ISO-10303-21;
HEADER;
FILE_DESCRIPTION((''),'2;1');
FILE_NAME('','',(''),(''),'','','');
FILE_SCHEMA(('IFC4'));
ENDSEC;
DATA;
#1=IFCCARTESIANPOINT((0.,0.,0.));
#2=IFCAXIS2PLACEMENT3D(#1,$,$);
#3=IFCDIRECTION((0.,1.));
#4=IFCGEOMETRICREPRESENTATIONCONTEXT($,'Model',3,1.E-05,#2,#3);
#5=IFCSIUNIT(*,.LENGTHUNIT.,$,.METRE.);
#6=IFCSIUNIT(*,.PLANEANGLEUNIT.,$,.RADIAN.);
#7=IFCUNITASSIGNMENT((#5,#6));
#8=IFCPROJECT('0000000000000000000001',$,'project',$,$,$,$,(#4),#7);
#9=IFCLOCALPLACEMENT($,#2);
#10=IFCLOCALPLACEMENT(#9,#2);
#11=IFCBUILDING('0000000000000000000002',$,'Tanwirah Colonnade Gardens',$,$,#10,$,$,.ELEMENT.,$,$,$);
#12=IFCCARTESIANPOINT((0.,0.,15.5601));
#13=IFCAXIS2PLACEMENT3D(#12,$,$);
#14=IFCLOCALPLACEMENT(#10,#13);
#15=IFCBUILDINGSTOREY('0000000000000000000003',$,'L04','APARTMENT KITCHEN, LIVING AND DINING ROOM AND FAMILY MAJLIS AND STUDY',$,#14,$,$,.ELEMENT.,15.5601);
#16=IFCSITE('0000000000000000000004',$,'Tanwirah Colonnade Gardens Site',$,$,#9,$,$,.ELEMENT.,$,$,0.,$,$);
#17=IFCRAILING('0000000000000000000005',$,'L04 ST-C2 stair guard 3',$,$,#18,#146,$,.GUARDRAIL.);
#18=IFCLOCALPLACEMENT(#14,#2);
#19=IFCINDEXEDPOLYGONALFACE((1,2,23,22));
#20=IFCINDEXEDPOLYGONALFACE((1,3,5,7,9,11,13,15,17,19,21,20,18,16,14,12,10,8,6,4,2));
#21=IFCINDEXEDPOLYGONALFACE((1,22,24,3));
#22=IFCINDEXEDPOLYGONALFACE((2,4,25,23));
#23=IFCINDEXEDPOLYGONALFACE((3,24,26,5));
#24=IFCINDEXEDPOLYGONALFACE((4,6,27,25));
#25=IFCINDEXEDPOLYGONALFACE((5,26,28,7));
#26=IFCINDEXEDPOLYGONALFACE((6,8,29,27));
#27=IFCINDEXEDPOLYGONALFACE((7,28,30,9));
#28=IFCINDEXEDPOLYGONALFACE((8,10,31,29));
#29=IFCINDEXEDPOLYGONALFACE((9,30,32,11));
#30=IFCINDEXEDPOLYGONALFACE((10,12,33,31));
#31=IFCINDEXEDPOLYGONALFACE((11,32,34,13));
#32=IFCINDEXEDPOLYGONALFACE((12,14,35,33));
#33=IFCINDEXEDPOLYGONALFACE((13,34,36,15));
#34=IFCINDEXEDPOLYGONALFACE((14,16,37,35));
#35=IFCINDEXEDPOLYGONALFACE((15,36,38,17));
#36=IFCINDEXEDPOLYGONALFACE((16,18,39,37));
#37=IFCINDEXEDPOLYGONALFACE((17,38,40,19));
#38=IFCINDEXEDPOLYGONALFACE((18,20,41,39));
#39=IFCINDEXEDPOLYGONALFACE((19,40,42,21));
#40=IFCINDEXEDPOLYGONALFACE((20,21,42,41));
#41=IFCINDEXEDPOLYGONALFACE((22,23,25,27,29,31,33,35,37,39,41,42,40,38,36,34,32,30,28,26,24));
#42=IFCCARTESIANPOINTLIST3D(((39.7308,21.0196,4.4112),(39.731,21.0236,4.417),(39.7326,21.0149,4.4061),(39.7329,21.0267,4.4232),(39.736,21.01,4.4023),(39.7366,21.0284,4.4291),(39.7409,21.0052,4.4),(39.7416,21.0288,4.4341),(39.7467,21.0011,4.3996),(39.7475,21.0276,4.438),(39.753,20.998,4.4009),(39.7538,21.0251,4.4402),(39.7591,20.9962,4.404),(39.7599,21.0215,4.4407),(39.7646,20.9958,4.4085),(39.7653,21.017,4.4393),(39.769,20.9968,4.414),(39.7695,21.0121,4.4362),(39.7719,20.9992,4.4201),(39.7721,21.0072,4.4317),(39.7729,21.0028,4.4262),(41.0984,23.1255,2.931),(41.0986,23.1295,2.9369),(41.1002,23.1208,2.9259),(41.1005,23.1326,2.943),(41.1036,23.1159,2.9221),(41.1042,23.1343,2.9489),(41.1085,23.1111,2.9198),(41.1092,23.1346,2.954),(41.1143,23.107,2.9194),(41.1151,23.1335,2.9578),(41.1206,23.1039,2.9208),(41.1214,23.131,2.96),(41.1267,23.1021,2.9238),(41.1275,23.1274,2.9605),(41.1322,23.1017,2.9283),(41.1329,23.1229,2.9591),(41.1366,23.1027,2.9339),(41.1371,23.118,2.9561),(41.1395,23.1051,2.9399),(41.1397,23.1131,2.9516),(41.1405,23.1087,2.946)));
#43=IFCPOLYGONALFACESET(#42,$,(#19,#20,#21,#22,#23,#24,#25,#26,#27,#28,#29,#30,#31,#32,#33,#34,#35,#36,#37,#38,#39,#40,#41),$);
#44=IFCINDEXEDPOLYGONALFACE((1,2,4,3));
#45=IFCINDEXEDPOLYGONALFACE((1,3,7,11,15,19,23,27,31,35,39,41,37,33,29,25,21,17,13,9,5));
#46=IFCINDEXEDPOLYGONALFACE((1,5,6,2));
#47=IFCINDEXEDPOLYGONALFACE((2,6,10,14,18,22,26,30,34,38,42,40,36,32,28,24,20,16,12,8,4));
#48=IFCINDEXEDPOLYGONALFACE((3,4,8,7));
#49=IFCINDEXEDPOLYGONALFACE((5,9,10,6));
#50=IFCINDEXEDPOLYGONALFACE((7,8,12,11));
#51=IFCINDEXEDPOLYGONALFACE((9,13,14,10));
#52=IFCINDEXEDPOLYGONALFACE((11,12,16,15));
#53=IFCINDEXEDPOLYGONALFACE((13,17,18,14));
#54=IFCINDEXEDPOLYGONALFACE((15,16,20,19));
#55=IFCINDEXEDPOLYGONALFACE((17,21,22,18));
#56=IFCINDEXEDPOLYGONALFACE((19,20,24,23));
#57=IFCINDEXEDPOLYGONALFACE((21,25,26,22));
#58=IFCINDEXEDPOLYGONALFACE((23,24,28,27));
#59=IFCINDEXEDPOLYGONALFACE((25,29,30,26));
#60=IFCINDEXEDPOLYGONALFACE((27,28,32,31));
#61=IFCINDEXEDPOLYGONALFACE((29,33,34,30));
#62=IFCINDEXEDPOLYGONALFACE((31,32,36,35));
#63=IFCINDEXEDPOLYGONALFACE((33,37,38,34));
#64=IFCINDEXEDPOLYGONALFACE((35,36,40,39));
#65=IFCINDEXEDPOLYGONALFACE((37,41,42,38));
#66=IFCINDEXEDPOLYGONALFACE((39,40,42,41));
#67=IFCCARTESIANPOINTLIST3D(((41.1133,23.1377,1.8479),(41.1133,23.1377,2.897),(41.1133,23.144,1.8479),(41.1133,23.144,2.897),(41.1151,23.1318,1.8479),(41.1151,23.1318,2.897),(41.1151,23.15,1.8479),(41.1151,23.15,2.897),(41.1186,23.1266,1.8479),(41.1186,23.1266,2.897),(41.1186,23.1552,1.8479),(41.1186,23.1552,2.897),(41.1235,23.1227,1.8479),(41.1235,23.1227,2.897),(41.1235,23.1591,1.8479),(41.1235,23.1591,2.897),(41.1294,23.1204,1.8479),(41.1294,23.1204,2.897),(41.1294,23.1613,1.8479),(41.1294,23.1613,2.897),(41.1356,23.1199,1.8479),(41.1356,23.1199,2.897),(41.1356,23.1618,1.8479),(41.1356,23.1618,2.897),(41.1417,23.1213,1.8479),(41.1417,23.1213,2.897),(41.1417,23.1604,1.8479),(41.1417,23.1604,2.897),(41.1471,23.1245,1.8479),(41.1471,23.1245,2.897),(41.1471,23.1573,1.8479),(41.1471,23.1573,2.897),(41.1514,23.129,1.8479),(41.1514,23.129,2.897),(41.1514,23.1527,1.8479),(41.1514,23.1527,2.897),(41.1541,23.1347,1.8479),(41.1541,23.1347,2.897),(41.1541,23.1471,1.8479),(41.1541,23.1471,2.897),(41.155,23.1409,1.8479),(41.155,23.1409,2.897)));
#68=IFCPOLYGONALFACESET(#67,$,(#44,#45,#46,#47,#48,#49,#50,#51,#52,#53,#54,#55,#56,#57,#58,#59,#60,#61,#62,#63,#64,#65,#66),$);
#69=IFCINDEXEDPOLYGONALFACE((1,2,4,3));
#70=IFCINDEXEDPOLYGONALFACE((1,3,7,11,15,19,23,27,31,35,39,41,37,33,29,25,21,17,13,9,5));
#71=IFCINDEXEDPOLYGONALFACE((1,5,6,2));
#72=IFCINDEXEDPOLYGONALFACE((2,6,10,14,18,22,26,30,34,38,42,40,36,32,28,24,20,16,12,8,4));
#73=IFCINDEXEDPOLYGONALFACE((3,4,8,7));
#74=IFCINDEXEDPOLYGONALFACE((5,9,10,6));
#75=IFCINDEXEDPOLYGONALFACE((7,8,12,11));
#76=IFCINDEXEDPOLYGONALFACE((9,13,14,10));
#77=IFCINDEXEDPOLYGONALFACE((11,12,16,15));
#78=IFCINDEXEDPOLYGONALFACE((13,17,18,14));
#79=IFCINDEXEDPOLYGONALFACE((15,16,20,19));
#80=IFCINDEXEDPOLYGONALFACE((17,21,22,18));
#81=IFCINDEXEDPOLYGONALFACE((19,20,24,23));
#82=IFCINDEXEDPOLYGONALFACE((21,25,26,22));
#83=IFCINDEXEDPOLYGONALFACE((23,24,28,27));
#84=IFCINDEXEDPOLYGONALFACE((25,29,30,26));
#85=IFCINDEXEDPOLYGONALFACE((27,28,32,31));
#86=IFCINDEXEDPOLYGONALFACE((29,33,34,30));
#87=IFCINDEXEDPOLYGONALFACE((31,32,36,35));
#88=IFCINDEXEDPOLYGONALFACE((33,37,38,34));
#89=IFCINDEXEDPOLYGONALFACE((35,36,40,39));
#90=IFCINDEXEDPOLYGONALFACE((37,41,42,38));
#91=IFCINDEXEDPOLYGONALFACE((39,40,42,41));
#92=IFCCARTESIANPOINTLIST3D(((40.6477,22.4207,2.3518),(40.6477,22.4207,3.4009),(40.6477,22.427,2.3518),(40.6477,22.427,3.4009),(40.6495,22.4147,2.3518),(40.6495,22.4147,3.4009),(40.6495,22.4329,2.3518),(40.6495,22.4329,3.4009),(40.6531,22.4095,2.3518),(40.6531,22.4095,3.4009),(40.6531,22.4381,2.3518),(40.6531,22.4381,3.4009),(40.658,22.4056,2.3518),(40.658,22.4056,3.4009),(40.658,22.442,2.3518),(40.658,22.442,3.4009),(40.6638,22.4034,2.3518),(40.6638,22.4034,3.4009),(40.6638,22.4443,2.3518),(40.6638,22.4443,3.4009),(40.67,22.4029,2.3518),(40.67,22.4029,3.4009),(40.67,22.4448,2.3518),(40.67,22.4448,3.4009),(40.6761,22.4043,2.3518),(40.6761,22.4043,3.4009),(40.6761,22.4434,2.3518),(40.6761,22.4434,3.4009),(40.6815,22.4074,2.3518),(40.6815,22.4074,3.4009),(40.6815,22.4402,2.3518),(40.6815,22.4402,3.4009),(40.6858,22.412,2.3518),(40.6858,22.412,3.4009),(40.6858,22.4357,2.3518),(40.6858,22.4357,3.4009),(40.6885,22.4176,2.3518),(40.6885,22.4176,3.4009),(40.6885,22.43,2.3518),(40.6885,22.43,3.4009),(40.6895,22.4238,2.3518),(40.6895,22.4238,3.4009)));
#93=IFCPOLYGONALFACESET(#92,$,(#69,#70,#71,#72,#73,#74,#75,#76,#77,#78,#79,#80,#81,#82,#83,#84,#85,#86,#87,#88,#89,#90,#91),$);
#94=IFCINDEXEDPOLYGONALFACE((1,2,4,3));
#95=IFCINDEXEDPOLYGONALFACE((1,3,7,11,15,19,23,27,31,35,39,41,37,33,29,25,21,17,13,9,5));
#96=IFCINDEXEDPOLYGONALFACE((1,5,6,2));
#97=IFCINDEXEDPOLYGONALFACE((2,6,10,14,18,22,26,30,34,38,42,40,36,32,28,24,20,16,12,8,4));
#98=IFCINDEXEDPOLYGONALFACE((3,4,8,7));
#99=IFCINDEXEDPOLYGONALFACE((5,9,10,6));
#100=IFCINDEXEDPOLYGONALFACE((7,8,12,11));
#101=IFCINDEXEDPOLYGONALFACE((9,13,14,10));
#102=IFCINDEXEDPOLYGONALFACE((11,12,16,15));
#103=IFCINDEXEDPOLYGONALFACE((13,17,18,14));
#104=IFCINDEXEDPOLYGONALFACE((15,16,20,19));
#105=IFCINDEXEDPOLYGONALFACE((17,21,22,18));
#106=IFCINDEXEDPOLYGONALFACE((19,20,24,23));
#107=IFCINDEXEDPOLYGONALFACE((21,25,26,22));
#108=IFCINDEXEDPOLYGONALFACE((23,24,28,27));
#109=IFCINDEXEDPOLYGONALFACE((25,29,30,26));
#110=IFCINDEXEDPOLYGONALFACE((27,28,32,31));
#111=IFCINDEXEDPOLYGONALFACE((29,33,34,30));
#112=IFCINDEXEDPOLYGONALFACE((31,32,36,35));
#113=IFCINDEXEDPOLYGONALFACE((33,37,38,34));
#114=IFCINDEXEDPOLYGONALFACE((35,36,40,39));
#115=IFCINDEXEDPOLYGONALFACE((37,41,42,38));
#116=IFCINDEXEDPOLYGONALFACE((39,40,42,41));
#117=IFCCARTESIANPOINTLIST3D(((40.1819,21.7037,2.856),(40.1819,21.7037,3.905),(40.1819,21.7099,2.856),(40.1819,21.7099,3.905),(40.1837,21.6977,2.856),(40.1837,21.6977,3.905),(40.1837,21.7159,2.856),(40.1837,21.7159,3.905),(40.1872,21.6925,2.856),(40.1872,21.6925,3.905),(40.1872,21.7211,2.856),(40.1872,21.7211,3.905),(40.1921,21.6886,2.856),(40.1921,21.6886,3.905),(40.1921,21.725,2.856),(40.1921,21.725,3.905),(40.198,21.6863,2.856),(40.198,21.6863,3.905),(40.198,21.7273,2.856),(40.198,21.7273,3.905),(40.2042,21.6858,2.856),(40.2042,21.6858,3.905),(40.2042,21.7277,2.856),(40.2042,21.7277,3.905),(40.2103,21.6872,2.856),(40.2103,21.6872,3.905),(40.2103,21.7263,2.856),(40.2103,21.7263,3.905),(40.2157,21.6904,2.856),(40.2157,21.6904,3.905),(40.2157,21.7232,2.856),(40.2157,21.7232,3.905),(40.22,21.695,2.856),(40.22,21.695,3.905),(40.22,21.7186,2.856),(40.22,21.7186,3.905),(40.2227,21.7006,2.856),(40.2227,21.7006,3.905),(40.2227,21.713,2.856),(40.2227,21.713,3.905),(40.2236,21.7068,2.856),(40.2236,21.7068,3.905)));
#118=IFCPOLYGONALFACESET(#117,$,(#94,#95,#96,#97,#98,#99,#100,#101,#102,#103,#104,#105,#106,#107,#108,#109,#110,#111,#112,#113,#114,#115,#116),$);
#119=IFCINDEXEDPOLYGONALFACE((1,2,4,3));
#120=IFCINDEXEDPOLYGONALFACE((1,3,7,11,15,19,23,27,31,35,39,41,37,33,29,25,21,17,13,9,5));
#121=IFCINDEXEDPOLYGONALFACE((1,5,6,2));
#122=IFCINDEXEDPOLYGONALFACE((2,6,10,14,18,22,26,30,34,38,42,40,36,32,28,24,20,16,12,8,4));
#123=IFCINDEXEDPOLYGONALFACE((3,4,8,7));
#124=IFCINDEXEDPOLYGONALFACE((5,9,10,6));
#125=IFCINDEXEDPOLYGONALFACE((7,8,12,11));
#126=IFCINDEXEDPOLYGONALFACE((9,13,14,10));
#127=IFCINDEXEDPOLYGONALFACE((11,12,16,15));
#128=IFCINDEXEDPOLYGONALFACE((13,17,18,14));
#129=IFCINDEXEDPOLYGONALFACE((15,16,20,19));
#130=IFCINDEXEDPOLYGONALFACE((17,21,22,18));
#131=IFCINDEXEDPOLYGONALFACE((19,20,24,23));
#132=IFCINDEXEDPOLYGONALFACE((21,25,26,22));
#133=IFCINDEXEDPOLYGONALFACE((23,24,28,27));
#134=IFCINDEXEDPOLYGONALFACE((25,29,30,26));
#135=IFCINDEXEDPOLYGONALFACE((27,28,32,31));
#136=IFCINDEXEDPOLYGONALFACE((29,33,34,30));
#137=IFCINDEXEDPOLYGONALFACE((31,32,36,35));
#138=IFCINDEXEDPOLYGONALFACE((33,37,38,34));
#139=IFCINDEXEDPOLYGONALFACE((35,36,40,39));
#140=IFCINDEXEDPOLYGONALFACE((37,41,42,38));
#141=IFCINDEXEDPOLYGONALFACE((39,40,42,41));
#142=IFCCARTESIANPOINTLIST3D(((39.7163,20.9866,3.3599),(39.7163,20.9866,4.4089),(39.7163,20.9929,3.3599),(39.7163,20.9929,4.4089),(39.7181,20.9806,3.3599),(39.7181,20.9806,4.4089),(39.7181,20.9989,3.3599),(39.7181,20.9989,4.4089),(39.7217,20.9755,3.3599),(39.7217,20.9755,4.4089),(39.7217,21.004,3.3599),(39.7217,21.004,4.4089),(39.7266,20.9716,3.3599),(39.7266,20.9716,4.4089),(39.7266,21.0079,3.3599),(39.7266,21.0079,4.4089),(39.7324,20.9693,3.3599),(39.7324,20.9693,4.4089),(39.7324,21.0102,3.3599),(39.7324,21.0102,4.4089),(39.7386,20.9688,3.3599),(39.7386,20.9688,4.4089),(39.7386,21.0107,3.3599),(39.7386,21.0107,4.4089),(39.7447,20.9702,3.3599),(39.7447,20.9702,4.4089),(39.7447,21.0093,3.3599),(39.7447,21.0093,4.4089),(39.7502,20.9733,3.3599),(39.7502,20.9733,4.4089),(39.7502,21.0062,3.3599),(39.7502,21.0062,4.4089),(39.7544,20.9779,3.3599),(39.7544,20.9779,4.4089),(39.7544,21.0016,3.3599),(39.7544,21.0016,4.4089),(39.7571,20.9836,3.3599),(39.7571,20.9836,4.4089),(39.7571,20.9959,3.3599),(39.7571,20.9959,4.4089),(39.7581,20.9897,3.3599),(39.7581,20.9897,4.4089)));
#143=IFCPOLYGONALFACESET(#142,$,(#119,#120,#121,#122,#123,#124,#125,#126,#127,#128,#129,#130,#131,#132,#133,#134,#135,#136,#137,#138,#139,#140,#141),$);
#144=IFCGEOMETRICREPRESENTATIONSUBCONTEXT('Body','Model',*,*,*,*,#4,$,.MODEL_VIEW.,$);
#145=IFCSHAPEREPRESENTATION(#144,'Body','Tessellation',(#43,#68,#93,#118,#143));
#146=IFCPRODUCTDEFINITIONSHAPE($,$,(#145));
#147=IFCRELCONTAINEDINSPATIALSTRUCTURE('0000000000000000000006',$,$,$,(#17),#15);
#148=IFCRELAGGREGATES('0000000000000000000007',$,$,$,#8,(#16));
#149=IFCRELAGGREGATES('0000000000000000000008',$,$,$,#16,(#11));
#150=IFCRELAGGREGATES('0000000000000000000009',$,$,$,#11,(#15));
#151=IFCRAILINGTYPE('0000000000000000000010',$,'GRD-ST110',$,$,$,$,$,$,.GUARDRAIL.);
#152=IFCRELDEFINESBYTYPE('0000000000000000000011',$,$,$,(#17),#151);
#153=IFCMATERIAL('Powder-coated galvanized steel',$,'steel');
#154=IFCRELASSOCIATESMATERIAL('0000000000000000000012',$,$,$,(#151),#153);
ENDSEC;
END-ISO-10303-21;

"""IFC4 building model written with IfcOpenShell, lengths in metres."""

from ifc_helpers import new_model, si_unit, direction, frame, origin, origin_2d, place, context, subcontext, project, spatial, circle, extrude, material, type_object, element, save


model = new_model("IFC4")

# Units and contexts
model_context = context("Model", 3, precision=1e-05, world=origin(), true_north=direction((0.0, 1.0)))
body_context = subcontext(model_context, "Body", "Model", "MODEL_VIEW")
ifc_project = project(units=[si_unit("LENGTHUNIT", "METRE"), si_unit("PLANEANGLEUNIT", "RADIAN")], contexts=[model_context])

# Site, building, storey
site_placement = place(None, origin())
site = spatial("IfcSite", under=ifc_project, at=site_placement, Name="Tanwirah Colonnade Gardens Site", CompositionType="ELEMENT", RefElevation=0.0)
building_placement = place(site_placement, origin())
building = spatial("IfcBuilding", under=site, at=building_placement, Name="Tanwirah Colonnade Gardens", CompositionType="ELEMENT")
storey_placement = place(building_placement, frame((0.0, 0.0, 15.5601)))
storey = spatial("IfcBuildingStorey", under=building, at=storey_placement, Name="L04", Description="APARTMENT KITCHEN, LIVING AND DINING ROOM AND FAMILY MAJLIS AND STUDY", CompositionType="ELEMENT", Elevation=15.5601)

# Railing
ifc_material_1 = material(Name="Powder-coated galvanized steel", Category="steel")
railing_type_1 = type_object("IfcRailingType", Name="GRD-ST110", PredefinedType="GUARDRAIL", material=ifc_material_1)
railing_1_placement = place(storey_placement, frame((41.134, 23.1409, 1.8479)))
element("IfcRailing", 1, at=railing_1_placement, inside=storey, type_object=railing_type_1, Name="L04 ST-C2 stair guard 3", PredefinedType="GUARDRAIL", context=body_context, shape_type="SweptSolid", body=[
    extrude(circle(Radius=0.0239, at=origin_2d()), frame((-0.0146, -0.0227, 1.092), z_axis=(-0.469193, -0.722484, 0.507814), x_axis=(0.838668, -0.544644, 0.0)), (0.0, 0.0, 1.0), 2.9148),
    extrude(circle(Radius=0.021, at=origin_2d()), origin(), (0.0, 0.0, 1.0), 1.0491),
    extrude(circle(Radius=0.021, at=origin_2d()), frame((-0.4656, -0.717, 0.5039)), (0.0, 0.0, 1.0), 1.0491),
    extrude(circle(Radius=0.021, at=origin_2d()), frame((-0.9314, -1.4341, 1.0081)), (0.0, 0.0, 1.0), 1.0491),
    extrude(circle(Radius=0.021, at=origin_2d()), frame((-1.397, -2.1511, 1.512)), (0.0, 0.0, 1.0), 1.0491),
])

save(model, "model.ifc")
